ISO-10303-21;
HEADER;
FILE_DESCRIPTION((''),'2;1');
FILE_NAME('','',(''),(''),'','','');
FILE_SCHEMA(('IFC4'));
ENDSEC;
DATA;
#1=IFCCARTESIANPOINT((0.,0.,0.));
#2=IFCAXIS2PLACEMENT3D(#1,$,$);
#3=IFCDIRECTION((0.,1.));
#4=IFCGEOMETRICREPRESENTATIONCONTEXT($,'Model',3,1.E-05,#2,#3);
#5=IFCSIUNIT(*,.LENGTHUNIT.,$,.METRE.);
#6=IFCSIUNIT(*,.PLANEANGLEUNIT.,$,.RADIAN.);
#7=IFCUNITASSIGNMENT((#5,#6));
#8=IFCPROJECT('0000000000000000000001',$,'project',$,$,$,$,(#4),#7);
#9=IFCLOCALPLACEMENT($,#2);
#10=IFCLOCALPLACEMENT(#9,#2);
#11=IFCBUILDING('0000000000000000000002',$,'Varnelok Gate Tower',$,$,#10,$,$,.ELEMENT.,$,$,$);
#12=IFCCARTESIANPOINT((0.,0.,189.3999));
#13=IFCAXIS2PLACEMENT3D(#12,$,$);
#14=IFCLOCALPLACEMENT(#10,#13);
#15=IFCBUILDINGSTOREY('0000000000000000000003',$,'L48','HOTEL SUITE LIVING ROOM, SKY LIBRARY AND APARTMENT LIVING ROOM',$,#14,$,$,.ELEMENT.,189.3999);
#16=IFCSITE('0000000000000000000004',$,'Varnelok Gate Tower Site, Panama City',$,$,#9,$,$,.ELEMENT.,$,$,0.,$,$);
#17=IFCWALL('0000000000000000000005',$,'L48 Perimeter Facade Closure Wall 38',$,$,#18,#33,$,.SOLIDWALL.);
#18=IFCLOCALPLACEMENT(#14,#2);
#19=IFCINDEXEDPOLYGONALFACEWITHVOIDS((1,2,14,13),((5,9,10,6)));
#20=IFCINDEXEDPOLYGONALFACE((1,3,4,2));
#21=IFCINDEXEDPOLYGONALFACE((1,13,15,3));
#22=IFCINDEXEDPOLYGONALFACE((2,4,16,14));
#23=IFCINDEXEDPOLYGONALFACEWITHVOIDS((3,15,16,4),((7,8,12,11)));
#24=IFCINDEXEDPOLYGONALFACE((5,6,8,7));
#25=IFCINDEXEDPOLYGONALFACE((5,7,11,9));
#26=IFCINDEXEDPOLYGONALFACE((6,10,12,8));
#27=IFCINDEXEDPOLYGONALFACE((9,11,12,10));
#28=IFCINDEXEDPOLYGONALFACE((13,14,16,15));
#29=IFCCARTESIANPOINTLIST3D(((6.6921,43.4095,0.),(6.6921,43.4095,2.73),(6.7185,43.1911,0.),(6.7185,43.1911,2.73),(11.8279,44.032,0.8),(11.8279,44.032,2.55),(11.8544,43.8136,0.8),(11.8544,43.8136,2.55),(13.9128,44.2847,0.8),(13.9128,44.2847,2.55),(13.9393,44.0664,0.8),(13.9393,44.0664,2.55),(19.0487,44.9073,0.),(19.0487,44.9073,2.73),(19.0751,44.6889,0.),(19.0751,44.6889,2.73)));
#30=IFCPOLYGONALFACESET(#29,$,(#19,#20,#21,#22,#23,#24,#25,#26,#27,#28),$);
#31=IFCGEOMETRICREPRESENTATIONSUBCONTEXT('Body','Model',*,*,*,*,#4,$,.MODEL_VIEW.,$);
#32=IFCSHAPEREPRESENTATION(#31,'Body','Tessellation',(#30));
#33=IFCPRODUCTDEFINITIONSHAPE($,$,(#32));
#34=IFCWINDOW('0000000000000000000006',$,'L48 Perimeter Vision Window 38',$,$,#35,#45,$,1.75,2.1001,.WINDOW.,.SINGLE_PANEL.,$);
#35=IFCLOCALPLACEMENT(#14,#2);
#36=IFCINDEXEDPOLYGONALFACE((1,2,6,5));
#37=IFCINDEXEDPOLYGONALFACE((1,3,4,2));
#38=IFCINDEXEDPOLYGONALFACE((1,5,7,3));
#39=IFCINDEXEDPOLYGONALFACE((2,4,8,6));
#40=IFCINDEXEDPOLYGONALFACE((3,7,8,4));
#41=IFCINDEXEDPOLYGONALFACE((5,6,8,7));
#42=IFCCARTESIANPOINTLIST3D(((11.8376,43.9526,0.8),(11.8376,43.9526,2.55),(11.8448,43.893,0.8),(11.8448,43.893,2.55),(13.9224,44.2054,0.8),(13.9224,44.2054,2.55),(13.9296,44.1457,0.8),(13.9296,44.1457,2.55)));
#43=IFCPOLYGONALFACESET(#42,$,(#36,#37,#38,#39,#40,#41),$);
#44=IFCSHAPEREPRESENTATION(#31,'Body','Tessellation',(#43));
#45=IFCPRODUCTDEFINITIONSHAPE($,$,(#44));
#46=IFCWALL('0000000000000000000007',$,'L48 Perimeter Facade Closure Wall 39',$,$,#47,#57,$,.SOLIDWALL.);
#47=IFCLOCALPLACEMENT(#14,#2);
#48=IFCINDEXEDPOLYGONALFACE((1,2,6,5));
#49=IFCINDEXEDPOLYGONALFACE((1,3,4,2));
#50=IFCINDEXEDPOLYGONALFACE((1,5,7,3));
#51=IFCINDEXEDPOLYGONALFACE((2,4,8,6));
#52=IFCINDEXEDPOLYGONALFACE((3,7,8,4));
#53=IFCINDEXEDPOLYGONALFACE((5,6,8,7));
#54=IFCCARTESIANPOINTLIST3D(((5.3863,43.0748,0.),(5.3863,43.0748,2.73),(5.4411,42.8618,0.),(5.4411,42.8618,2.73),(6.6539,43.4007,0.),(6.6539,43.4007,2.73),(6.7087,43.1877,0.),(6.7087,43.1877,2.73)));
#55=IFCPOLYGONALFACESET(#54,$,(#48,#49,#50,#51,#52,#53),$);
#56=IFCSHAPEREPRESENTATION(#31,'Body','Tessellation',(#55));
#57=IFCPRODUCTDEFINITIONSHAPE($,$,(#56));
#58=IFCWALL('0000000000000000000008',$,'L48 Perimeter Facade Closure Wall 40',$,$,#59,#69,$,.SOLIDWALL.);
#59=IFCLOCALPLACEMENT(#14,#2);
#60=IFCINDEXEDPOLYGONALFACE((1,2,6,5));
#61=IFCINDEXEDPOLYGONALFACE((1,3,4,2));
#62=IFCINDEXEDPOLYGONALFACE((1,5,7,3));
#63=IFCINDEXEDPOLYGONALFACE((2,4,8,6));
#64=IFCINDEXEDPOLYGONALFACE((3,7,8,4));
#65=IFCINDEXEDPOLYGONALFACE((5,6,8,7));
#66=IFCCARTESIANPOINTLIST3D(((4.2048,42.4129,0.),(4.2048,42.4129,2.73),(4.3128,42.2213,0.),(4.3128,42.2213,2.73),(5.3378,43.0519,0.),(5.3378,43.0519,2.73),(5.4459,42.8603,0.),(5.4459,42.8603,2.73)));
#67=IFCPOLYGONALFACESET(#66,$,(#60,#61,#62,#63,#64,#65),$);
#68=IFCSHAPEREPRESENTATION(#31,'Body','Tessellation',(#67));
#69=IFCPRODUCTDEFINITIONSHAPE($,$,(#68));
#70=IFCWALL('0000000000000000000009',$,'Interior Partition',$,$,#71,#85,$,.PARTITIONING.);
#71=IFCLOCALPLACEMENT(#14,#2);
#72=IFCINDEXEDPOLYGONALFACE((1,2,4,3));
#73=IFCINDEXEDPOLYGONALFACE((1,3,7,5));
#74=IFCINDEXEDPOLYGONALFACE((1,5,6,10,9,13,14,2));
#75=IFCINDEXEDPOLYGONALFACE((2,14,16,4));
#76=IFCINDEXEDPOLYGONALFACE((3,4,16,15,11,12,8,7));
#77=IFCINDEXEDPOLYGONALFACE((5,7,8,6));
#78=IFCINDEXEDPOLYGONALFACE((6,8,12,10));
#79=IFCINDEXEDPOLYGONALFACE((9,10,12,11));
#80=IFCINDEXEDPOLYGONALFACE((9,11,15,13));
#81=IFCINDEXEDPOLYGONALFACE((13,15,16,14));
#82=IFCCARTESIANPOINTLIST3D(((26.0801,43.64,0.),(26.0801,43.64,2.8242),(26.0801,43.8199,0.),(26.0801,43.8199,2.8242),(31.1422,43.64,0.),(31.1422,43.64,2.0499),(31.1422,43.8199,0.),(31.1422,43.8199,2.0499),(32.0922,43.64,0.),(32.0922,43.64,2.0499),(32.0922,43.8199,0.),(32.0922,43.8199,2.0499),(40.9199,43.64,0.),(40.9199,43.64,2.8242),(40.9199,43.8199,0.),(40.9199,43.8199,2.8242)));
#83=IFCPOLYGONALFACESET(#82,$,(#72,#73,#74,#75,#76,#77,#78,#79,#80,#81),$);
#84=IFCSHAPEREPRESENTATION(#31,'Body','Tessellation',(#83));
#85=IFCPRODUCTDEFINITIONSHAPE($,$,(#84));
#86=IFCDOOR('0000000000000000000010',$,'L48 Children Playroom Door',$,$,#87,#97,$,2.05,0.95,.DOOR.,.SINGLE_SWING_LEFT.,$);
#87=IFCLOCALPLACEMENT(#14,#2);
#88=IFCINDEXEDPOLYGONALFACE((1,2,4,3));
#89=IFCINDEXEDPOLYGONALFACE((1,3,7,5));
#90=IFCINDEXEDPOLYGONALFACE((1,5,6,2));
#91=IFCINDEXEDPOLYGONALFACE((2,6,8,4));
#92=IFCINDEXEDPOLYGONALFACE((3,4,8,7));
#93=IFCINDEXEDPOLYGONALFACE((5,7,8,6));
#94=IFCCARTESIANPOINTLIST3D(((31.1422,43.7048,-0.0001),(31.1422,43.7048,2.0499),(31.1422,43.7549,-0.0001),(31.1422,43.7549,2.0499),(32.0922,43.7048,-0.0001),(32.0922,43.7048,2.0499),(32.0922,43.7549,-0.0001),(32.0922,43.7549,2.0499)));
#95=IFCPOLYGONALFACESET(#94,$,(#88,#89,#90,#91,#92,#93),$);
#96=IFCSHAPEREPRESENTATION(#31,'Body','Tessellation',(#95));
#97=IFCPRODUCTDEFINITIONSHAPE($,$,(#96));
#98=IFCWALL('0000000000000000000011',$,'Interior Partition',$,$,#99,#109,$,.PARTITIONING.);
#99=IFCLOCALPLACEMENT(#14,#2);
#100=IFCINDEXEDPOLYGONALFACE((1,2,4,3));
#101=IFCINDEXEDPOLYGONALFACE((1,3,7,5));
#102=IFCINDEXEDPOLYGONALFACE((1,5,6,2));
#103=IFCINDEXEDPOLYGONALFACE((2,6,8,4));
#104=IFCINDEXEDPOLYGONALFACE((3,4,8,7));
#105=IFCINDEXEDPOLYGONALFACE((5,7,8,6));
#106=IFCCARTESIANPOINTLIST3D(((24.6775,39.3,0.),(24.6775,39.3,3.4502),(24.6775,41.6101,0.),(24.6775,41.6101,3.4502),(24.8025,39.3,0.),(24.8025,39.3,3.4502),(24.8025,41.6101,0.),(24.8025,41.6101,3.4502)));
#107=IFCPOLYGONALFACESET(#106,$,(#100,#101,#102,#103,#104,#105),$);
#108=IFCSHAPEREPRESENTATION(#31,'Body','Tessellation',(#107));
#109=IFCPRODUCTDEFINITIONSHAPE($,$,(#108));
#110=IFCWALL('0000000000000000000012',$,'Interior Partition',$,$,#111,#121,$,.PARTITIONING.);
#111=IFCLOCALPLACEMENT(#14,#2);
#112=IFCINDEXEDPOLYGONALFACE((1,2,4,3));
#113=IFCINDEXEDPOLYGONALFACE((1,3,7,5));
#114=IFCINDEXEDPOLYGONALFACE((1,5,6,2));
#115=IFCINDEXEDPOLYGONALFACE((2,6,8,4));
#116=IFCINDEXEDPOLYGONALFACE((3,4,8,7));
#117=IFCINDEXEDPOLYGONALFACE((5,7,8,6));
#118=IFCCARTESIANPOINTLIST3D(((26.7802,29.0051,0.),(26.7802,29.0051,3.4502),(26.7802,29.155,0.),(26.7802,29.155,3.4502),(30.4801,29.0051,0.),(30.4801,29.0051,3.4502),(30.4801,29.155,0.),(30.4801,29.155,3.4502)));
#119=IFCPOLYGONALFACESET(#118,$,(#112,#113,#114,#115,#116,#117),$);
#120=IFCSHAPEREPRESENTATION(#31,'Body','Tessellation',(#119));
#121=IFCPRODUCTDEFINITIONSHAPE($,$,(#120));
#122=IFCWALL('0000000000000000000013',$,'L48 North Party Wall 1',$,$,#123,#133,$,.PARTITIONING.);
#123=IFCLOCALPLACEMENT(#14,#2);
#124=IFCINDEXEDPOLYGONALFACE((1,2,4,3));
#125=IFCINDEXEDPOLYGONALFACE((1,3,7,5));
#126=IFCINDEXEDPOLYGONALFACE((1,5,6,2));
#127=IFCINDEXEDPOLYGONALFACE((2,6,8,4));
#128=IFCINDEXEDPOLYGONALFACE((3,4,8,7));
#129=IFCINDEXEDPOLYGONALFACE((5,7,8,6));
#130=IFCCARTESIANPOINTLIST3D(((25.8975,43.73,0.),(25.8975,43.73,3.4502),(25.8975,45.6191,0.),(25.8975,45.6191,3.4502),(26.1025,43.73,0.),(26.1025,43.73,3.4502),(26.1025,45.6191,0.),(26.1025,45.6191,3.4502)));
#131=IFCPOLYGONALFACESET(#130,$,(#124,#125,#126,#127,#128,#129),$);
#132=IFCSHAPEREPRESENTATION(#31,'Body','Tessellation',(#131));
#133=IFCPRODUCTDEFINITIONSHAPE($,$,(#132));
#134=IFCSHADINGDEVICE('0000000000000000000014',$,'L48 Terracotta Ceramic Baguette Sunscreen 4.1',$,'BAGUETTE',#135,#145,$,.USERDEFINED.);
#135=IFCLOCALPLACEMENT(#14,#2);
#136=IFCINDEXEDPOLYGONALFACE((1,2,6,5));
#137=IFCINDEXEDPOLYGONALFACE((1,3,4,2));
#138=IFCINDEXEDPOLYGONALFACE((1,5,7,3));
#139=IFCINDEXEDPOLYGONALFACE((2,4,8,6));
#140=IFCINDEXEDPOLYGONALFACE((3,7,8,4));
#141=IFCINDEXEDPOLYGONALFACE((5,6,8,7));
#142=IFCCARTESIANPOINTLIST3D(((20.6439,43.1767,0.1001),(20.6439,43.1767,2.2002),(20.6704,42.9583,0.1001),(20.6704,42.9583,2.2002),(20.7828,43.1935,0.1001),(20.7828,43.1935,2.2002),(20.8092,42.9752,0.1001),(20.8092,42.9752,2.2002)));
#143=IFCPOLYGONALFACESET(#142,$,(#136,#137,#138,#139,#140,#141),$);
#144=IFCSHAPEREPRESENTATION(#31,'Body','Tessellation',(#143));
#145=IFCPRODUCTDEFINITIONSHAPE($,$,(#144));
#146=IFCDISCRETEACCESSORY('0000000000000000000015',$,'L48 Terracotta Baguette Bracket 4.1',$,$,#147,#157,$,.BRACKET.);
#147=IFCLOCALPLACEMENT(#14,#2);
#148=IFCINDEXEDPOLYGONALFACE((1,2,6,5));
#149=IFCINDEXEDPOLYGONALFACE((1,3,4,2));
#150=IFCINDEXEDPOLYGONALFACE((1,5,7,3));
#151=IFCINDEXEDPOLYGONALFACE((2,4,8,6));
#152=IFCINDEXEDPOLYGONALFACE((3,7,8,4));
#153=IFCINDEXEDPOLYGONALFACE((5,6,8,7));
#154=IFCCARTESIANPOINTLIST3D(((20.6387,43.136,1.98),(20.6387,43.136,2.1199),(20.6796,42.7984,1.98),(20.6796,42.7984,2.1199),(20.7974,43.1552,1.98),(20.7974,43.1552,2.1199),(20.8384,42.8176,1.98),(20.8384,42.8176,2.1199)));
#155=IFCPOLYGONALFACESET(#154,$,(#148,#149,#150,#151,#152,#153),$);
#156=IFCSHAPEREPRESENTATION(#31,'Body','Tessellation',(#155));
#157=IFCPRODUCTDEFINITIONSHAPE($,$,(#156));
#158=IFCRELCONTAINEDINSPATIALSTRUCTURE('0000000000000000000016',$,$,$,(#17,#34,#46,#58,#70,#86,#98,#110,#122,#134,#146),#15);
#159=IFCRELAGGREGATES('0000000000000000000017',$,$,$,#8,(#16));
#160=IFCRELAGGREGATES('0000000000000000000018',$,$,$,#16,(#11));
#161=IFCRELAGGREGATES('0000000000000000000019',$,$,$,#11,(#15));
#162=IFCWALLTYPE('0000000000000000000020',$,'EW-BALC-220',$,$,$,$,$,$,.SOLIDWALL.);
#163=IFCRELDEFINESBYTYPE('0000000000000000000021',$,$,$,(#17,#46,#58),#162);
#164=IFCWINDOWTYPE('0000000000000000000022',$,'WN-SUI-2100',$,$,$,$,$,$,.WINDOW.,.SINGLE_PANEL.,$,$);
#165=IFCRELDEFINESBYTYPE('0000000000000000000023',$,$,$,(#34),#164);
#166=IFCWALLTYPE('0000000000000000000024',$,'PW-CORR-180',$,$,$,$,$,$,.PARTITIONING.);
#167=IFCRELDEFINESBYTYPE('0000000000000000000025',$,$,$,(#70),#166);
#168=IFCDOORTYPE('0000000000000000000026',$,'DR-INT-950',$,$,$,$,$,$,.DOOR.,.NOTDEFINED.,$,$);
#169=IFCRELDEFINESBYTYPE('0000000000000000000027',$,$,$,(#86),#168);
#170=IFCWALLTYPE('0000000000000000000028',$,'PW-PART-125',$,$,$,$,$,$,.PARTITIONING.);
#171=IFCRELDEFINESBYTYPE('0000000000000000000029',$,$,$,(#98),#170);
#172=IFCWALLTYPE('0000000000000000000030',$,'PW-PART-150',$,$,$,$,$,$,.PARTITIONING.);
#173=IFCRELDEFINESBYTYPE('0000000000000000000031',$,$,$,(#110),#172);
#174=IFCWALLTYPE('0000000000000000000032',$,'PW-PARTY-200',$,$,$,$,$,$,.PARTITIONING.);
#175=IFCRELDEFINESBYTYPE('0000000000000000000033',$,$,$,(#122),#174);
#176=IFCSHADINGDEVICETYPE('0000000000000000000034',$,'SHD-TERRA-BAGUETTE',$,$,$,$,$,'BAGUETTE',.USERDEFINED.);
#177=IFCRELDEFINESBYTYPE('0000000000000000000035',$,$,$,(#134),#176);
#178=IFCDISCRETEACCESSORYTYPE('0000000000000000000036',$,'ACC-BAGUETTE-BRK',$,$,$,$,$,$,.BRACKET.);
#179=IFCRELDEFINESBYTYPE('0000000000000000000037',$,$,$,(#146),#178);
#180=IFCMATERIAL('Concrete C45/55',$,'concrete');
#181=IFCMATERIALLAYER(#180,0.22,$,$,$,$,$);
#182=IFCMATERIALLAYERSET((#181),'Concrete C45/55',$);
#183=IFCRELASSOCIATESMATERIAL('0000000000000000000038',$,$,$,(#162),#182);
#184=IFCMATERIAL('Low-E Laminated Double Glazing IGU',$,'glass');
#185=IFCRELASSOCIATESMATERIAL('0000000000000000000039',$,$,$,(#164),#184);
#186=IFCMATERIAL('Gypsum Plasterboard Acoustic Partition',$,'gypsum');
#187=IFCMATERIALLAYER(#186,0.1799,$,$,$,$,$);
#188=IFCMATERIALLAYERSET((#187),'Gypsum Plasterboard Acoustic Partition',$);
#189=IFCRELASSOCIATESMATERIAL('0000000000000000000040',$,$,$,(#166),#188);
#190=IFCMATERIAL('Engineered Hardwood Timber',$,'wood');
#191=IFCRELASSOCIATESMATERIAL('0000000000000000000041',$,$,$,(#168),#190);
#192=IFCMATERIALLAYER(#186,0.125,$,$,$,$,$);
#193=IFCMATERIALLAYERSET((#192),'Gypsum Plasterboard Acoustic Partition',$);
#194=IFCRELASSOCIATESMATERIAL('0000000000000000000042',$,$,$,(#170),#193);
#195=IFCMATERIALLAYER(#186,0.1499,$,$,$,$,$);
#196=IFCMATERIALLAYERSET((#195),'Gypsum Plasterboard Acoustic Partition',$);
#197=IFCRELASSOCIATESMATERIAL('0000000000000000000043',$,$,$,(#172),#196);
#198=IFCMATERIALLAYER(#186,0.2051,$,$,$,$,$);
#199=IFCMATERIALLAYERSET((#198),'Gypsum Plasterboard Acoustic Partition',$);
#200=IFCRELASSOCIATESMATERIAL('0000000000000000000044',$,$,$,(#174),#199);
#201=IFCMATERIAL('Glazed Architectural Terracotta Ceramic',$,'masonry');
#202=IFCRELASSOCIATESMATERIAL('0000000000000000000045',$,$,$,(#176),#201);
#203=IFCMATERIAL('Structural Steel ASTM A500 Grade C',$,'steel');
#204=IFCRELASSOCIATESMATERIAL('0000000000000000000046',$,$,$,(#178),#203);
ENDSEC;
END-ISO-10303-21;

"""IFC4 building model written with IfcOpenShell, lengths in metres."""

from ifc_helpers import new_model, si_unit, direction, frame, frame_2d, origin, origin_2d, place, context, subcontext, project, spatial, rectangle, extrude, source, transform, mapped, material, layer, layer_set, type_object, element, fill, save


model = new_model("IFC4")

# Units and contexts
model_context = context("Model", 3, precision=1e-05, world=origin(), true_north=direction((0.0, 1.0)))
body_context = subcontext(model_context, "Body", "Model", "MODEL_VIEW")
ifc_project = project(units=[si_unit("LENGTHUNIT", "METRE"), si_unit("PLANEANGLEUNIT", "RADIAN")], contexts=[model_context])

# Site, building, storey
site_placement = place(None, origin())
site = spatial("IfcSite", under=ifc_project, at=site_placement, Name="Varnelok Gate Tower Site, Panama City", CompositionType="ELEMENT", RefElevation=0.0)
building_placement = place(site_placement, origin())
building = spatial("IfcBuilding", under=site, at=building_placement, Name="Varnelok Gate Tower", CompositionType="ELEMENT")
storey_placement = place(building_placement, frame((0.0, 0.0, 189.3999)))
storey = spatial("IfcBuildingStorey", under=building, at=storey_placement, Name="L48", Description="HOTEL SUITE LIVING ROOM, SKY LIBRARY AND APARTMENT LIVING ROOM", CompositionType="ELEMENT", Elevation=189.3999)

# Shared definitions
ifc_material_1 = material(Name="Concrete C45/55", Category="concrete")
ifc_layer_1 = layer(ifc_material_1, 0.22)
ifc_layer_set_1 = layer_set([ifc_layer_1], Name="Concrete C45/55")
wall_type_1 = type_object("IfcWallType", Name="EW-BALC-220", PredefinedType="SOLIDWALL", material=ifc_layer_set_1)
ifc_material_2 = material(Name="Low-E Laminated Double Glazing IGU", Category="glass")

# Wall, opening, window
wall_1_placement = place(storey_placement, frame((19.062, 44.7981, 0.0), z_axis=(0.0, 0.0, 1.0), x_axis=(-0.992734, -0.120333, 0.0)))
wall_1 = element("IfcWall", 1, at=wall_1_placement, inside=storey, type_object=wall_type_1, Name="L48 Perimeter Facade Closure Wall 38", PredefinedType="SOLIDWALL", context=body_context, shape_type="SweptSolid", body=[
    extrude(rectangle(XDim=12.447, YDim=0.22, at=frame_2d((6.2236, 0.0))), origin(), (0.0, 0.0, 1.0), 2.73),
])
opening_1_placement = place(wall_1_placement, frame((5.1736, 0.0, 0.8)))
opening_1 = element("IfcOpeningElement", 2, at=opening_1_placement, cuts=wall_1, PredefinedType="OPENING", context=body_context, shape_type="SweptSolid", body=[
    extrude(rectangle(XDim=2.1001, YDim=1.75, at=frame_2d((1.05, 0.875))), frame((0.0, 0.1199, 0.0), z_axis=(0.0, -1.0, 0.0), x_axis=(1.0, 0.0, 0.0)), (0.0, 0.0, 1.0), 0.24),
])
window_type_1 = type_object("IfcWindowType", Name="WN-SUI-2100", PartitioningType="SINGLE_PANEL", PredefinedType="WINDOW", material=ifc_material_2)
window_1_placement = place(opening_1_placement, origin())
window_1 = element("IfcWindow", 3, at=window_1_placement, inside=storey, type_object=window_type_1, Name="L48 Perimeter Vision Window 38", OverallHeight=1.75, OverallWidth=2.1001, PartitioningType="SINGLE_PANEL", PredefinedType="WINDOW", context=body_context, shape_type="SweptSolid", body=[
    extrude(rectangle(XDim=2.1001, YDim=1.75, at=frame_2d((1.05, 0.875))), frame((0.0, 0.03, 0.0), z_axis=(0.0, -1.0, 0.0), x_axis=(1.0, 0.0, 0.0)), (0.0, 0.0, 1.0), 0.0601),
])
fill(opening_1, window_1)

# Walls
wall_2_placement = place(storey_placement, frame((6.6812, 43.2942, 0.0), z_axis=(0.0, 0.0, 1.0), x_axis=(-0.968497, -0.249026, 0.0)))
element("IfcWall", 4, at=wall_2_placement, inside=storey, type_object=wall_type_1, Name="L48 Perimeter Facade Closure Wall 39", PredefinedType="SOLIDWALL", context=body_context, shape_type="SweptSolid", body=[
    extrude(rectangle(XDim=1.3088, YDim=0.22, at=frame_2d((0.6543, 0.0))), origin(), (0.0, 0.0, 1.0), 2.73),
])
wall_3_placement = place(storey_placement, frame((5.3918, 42.9561, 0.0), z_axis=(0.0, 0.0, 1.0), x_axis=(-0.871059, -0.491179, 0.0)))
element("IfcWall", 5, at=wall_3_placement, inside=storey, type_object=wall_type_1, Name="L48 Perimeter Facade Closure Wall 40", PredefinedType="SOLIDWALL", context=body_context, shape_type="SweptSolid", body=[
    extrude(rectangle(XDim=1.3008, YDim=0.22, at=frame_2d((0.6504, 0.0))), origin(), (0.0, 0.0, 1.0), 2.73),
])

# Wall, opening, door
ifc_material_3 = material(Name="Gypsum Plasterboard Acoustic Partition", Category="gypsum")
ifc_layer_2 = layer(ifc_material_3, 0.1799)
ifc_layer_set_2 = layer_set([ifc_layer_2], Name="Gypsum Plasterboard Acoustic Partition")
wall_type_2 = type_object("IfcWallType", Name="PW-CORR-180", PredefinedType="PARTITIONING", material=ifc_layer_set_2)
wall_4_placement = place(storey_placement, frame((26.0801, 43.73, 0.0), z_axis=(0.0, 0.0, 1.0), x_axis=(1.0, 0.0, 0.0)))
wall_4 = element("IfcWall", 6, at=wall_4_placement, inside=storey, type_object=wall_type_2, Name="Interior Partition", PredefinedType="PARTITIONING", context=body_context, shape_type="SweptSolid", body=[
    extrude(rectangle(XDim=14.8398, YDim=0.1799, at=frame_2d((7.4199, 0.0))), origin(), (0.0, 0.0, 1.0), 2.8242),
])
opening_2_placement = place(wall_4_placement, frame((5.062, 0.0, 0.0)))
opening_2 = element("IfcOpeningElement", 7, at=opening_2_placement, cuts=wall_4, PredefinedType="OPENING", context=body_context, shape_type="SweptSolid", body=[
    extrude(rectangle(XDim=0.95, YDim=2.05, at=frame_2d((0.4751, 1.0249))), frame((0.0, 0.0999, 0.0), z_axis=(0.0, -1.0, 0.0), x_axis=(1.0, 0.0, 0.0)), (0.0, 0.0, 1.0), 0.2),
])
ifc_material_4 = material(Name="Engineered Hardwood Timber", Category="wood")
door_type_1 = type_object("IfcDoorType", Name="DR-INT-950", OperationType="NOTDEFINED", PredefinedType="DOOR", material=ifc_material_4)
door_1_placement = place(opening_2_placement, origin())
door_1 = element("IfcDoor", 8, at=door_1_placement, inside=storey, type_object=door_type_1, Name="L48 Children Playroom Door", OperationType="SINGLE_SWING_LEFT", OverallHeight=2.05, OverallWidth=0.95, PredefinedType="DOOR", context=body_context, shape_type="SweptSolid", body=[
    extrude(rectangle(XDim=0.95, YDim=2.05, at=frame_2d((0.4751, 1.0249))), frame((0.0, 0.0249, 0.0), z_axis=(0.0, -1.0, 0.0), x_axis=(1.0, 0.0, 0.0)), (0.0, 0.0, 1.0), 0.05),
])
fill(opening_2, door_1)

# Walls
ifc_layer_3 = layer(ifc_material_3, 0.125)
ifc_layer_set_3 = layer_set([ifc_layer_3], Name="Gypsum Plasterboard Acoustic Partition")
wall_type_3 = type_object("IfcWallType", Name="PW-PART-125", PredefinedType="PARTITIONING", material=ifc_layer_set_3)
wall_5_placement = place(storey_placement, frame((24.74, 39.3, 0.0), z_axis=(0.0, 0.0, 1.0), x_axis=(0.0, 1.0, 0.0)))
element("IfcWall", 9, at=wall_5_placement, inside=storey, type_object=wall_type_3, Name="Interior Partition", PredefinedType="PARTITIONING", context=body_context, shape_type="SweptSolid", body=[
    extrude(rectangle(XDim=2.3101, YDim=0.125, at=frame_2d((1.155, 0.0))), origin(), (0.0, 0.0, 1.0), 3.4502),
])
ifc_layer_4 = layer(ifc_material_3, 0.1499)
ifc_layer_set_4 = layer_set([ifc_layer_4], Name="Gypsum Plasterboard Acoustic Partition")
wall_type_4 = type_object("IfcWallType", Name="PW-PART-150", PredefinedType="PARTITIONING", material=ifc_layer_set_4)
wall_6_placement = place(storey_placement, frame((26.78, 29.0801, 0.0), z_axis=(0.0, 0.0, 1.0), x_axis=(1.0, 0.0, 0.0)))
element("IfcWall", 10, at=wall_6_placement, inside=storey, type_object=wall_type_4, Name="Interior Partition", PredefinedType="PARTITIONING", context=body_context, shape_type="SweptSolid", body=[
    extrude(rectangle(XDim=3.7, YDim=0.1499, at=frame_2d((1.8501, 0.0))), origin(), (0.0, 0.0, 1.0), 3.4502),
])
ifc_layer_5 = layer(ifc_material_3, 0.2051)
ifc_layer_set_5 = layer_set([ifc_layer_5], Name="Gypsum Plasterboard Acoustic Partition")
wall_type_5 = type_object("IfcWallType", Name="PW-PARTY-200", PredefinedType="PARTITIONING", material=ifc_layer_set_5)
wall_7_placement = place(storey_placement, frame((26.0, 43.73, 0.0), z_axis=(0.0, 0.0, 1.0), x_axis=(0.0, 1.0, 0.0)))
element("IfcWall", 11, at=wall_7_placement, inside=storey, type_object=wall_type_5, Name="L48 North Party Wall 1", PredefinedType="PARTITIONING", context=body_context, shape_type="SweptSolid", body=[
    extrude(rectangle(XDim=1.8892, YDim=0.2051, at=frame_2d((0.9446, 0.0))), origin(), (0.0, 0.0, 1.0), 3.4502),
])

# Shading device
ifc_material_5 = material(Name="Glazed Architectural Terracotta Ceramic", Category="masonry")
shading_device_type = type_object("IfcShadingDeviceType", Name="SHD-TERRA-BAGUETTE", ElementType="BAGUETTE", PredefinedType="USERDEFINED", material=ifc_material_5)
shared_shape_1 = source(origin(), body_context, "Body", "SweptSolid", [
    extrude(rectangle(XDim=0.1399, YDim=0.22, at=origin_2d()), origin(), (0.0, 0.0, 1.0), 2.1001),
])
shading_device_placement = place(storey_placement, frame((20.7266, 43.0759, 0.1001), z_axis=(0.0, 0.0, 1.0), x_axis=(0.992732, 0.120345, 0.0)))
element("IfcShadingDevice", 12, at=shading_device_placement, inside=storey, type_object=shading_device_type, Name="L48 Terracotta Ceramic Baguette Sunscreen 4.1", ObjectType="BAGUETTE", PredefinedType="USERDEFINED", context=body_context, shape_type="MappedRepresentation", body=[
    mapped(shared_shape_1, transform((0.0, 0.0, 0.0), scale=1.0)),
])

# Discrete accessory
ifc_material_6 = material(Name="Structural Steel ASTM A500 Grade C", Category="steel")
discrete_accessory_type = type_object("IfcDiscreteAccessoryType", Name="ACC-BAGUETTE-BRK", PredefinedType="BRACKET", material=ifc_material_6)
shared_shape_2 = source(origin(), body_context, "Body", "SweptSolid", [
    extrude(rectangle(XDim=0.1599, YDim=0.3401, at=origin_2d()), origin(), (0.0, 0.0, 1.0), 0.1399),
])
discrete_accessory_placement = place(storey_placement, frame((20.7385, 42.9768, 1.98), z_axis=(0.0, 0.0, 1.0), x_axis=(0.992732, 0.120345, 0.0)))
element("IfcDiscreteAccessory", 13, at=discrete_accessory_placement, inside=storey, type_object=discrete_accessory_type, Name="L48 Terracotta Baguette Bracket 4.1", PredefinedType="BRACKET", context=body_context, shape_type="MappedRepresentation", body=[
    mapped(shared_shape_2, transform((0.0, 0.0, 0.0), scale=1.0)),
])

save(model, "model.ifc")
